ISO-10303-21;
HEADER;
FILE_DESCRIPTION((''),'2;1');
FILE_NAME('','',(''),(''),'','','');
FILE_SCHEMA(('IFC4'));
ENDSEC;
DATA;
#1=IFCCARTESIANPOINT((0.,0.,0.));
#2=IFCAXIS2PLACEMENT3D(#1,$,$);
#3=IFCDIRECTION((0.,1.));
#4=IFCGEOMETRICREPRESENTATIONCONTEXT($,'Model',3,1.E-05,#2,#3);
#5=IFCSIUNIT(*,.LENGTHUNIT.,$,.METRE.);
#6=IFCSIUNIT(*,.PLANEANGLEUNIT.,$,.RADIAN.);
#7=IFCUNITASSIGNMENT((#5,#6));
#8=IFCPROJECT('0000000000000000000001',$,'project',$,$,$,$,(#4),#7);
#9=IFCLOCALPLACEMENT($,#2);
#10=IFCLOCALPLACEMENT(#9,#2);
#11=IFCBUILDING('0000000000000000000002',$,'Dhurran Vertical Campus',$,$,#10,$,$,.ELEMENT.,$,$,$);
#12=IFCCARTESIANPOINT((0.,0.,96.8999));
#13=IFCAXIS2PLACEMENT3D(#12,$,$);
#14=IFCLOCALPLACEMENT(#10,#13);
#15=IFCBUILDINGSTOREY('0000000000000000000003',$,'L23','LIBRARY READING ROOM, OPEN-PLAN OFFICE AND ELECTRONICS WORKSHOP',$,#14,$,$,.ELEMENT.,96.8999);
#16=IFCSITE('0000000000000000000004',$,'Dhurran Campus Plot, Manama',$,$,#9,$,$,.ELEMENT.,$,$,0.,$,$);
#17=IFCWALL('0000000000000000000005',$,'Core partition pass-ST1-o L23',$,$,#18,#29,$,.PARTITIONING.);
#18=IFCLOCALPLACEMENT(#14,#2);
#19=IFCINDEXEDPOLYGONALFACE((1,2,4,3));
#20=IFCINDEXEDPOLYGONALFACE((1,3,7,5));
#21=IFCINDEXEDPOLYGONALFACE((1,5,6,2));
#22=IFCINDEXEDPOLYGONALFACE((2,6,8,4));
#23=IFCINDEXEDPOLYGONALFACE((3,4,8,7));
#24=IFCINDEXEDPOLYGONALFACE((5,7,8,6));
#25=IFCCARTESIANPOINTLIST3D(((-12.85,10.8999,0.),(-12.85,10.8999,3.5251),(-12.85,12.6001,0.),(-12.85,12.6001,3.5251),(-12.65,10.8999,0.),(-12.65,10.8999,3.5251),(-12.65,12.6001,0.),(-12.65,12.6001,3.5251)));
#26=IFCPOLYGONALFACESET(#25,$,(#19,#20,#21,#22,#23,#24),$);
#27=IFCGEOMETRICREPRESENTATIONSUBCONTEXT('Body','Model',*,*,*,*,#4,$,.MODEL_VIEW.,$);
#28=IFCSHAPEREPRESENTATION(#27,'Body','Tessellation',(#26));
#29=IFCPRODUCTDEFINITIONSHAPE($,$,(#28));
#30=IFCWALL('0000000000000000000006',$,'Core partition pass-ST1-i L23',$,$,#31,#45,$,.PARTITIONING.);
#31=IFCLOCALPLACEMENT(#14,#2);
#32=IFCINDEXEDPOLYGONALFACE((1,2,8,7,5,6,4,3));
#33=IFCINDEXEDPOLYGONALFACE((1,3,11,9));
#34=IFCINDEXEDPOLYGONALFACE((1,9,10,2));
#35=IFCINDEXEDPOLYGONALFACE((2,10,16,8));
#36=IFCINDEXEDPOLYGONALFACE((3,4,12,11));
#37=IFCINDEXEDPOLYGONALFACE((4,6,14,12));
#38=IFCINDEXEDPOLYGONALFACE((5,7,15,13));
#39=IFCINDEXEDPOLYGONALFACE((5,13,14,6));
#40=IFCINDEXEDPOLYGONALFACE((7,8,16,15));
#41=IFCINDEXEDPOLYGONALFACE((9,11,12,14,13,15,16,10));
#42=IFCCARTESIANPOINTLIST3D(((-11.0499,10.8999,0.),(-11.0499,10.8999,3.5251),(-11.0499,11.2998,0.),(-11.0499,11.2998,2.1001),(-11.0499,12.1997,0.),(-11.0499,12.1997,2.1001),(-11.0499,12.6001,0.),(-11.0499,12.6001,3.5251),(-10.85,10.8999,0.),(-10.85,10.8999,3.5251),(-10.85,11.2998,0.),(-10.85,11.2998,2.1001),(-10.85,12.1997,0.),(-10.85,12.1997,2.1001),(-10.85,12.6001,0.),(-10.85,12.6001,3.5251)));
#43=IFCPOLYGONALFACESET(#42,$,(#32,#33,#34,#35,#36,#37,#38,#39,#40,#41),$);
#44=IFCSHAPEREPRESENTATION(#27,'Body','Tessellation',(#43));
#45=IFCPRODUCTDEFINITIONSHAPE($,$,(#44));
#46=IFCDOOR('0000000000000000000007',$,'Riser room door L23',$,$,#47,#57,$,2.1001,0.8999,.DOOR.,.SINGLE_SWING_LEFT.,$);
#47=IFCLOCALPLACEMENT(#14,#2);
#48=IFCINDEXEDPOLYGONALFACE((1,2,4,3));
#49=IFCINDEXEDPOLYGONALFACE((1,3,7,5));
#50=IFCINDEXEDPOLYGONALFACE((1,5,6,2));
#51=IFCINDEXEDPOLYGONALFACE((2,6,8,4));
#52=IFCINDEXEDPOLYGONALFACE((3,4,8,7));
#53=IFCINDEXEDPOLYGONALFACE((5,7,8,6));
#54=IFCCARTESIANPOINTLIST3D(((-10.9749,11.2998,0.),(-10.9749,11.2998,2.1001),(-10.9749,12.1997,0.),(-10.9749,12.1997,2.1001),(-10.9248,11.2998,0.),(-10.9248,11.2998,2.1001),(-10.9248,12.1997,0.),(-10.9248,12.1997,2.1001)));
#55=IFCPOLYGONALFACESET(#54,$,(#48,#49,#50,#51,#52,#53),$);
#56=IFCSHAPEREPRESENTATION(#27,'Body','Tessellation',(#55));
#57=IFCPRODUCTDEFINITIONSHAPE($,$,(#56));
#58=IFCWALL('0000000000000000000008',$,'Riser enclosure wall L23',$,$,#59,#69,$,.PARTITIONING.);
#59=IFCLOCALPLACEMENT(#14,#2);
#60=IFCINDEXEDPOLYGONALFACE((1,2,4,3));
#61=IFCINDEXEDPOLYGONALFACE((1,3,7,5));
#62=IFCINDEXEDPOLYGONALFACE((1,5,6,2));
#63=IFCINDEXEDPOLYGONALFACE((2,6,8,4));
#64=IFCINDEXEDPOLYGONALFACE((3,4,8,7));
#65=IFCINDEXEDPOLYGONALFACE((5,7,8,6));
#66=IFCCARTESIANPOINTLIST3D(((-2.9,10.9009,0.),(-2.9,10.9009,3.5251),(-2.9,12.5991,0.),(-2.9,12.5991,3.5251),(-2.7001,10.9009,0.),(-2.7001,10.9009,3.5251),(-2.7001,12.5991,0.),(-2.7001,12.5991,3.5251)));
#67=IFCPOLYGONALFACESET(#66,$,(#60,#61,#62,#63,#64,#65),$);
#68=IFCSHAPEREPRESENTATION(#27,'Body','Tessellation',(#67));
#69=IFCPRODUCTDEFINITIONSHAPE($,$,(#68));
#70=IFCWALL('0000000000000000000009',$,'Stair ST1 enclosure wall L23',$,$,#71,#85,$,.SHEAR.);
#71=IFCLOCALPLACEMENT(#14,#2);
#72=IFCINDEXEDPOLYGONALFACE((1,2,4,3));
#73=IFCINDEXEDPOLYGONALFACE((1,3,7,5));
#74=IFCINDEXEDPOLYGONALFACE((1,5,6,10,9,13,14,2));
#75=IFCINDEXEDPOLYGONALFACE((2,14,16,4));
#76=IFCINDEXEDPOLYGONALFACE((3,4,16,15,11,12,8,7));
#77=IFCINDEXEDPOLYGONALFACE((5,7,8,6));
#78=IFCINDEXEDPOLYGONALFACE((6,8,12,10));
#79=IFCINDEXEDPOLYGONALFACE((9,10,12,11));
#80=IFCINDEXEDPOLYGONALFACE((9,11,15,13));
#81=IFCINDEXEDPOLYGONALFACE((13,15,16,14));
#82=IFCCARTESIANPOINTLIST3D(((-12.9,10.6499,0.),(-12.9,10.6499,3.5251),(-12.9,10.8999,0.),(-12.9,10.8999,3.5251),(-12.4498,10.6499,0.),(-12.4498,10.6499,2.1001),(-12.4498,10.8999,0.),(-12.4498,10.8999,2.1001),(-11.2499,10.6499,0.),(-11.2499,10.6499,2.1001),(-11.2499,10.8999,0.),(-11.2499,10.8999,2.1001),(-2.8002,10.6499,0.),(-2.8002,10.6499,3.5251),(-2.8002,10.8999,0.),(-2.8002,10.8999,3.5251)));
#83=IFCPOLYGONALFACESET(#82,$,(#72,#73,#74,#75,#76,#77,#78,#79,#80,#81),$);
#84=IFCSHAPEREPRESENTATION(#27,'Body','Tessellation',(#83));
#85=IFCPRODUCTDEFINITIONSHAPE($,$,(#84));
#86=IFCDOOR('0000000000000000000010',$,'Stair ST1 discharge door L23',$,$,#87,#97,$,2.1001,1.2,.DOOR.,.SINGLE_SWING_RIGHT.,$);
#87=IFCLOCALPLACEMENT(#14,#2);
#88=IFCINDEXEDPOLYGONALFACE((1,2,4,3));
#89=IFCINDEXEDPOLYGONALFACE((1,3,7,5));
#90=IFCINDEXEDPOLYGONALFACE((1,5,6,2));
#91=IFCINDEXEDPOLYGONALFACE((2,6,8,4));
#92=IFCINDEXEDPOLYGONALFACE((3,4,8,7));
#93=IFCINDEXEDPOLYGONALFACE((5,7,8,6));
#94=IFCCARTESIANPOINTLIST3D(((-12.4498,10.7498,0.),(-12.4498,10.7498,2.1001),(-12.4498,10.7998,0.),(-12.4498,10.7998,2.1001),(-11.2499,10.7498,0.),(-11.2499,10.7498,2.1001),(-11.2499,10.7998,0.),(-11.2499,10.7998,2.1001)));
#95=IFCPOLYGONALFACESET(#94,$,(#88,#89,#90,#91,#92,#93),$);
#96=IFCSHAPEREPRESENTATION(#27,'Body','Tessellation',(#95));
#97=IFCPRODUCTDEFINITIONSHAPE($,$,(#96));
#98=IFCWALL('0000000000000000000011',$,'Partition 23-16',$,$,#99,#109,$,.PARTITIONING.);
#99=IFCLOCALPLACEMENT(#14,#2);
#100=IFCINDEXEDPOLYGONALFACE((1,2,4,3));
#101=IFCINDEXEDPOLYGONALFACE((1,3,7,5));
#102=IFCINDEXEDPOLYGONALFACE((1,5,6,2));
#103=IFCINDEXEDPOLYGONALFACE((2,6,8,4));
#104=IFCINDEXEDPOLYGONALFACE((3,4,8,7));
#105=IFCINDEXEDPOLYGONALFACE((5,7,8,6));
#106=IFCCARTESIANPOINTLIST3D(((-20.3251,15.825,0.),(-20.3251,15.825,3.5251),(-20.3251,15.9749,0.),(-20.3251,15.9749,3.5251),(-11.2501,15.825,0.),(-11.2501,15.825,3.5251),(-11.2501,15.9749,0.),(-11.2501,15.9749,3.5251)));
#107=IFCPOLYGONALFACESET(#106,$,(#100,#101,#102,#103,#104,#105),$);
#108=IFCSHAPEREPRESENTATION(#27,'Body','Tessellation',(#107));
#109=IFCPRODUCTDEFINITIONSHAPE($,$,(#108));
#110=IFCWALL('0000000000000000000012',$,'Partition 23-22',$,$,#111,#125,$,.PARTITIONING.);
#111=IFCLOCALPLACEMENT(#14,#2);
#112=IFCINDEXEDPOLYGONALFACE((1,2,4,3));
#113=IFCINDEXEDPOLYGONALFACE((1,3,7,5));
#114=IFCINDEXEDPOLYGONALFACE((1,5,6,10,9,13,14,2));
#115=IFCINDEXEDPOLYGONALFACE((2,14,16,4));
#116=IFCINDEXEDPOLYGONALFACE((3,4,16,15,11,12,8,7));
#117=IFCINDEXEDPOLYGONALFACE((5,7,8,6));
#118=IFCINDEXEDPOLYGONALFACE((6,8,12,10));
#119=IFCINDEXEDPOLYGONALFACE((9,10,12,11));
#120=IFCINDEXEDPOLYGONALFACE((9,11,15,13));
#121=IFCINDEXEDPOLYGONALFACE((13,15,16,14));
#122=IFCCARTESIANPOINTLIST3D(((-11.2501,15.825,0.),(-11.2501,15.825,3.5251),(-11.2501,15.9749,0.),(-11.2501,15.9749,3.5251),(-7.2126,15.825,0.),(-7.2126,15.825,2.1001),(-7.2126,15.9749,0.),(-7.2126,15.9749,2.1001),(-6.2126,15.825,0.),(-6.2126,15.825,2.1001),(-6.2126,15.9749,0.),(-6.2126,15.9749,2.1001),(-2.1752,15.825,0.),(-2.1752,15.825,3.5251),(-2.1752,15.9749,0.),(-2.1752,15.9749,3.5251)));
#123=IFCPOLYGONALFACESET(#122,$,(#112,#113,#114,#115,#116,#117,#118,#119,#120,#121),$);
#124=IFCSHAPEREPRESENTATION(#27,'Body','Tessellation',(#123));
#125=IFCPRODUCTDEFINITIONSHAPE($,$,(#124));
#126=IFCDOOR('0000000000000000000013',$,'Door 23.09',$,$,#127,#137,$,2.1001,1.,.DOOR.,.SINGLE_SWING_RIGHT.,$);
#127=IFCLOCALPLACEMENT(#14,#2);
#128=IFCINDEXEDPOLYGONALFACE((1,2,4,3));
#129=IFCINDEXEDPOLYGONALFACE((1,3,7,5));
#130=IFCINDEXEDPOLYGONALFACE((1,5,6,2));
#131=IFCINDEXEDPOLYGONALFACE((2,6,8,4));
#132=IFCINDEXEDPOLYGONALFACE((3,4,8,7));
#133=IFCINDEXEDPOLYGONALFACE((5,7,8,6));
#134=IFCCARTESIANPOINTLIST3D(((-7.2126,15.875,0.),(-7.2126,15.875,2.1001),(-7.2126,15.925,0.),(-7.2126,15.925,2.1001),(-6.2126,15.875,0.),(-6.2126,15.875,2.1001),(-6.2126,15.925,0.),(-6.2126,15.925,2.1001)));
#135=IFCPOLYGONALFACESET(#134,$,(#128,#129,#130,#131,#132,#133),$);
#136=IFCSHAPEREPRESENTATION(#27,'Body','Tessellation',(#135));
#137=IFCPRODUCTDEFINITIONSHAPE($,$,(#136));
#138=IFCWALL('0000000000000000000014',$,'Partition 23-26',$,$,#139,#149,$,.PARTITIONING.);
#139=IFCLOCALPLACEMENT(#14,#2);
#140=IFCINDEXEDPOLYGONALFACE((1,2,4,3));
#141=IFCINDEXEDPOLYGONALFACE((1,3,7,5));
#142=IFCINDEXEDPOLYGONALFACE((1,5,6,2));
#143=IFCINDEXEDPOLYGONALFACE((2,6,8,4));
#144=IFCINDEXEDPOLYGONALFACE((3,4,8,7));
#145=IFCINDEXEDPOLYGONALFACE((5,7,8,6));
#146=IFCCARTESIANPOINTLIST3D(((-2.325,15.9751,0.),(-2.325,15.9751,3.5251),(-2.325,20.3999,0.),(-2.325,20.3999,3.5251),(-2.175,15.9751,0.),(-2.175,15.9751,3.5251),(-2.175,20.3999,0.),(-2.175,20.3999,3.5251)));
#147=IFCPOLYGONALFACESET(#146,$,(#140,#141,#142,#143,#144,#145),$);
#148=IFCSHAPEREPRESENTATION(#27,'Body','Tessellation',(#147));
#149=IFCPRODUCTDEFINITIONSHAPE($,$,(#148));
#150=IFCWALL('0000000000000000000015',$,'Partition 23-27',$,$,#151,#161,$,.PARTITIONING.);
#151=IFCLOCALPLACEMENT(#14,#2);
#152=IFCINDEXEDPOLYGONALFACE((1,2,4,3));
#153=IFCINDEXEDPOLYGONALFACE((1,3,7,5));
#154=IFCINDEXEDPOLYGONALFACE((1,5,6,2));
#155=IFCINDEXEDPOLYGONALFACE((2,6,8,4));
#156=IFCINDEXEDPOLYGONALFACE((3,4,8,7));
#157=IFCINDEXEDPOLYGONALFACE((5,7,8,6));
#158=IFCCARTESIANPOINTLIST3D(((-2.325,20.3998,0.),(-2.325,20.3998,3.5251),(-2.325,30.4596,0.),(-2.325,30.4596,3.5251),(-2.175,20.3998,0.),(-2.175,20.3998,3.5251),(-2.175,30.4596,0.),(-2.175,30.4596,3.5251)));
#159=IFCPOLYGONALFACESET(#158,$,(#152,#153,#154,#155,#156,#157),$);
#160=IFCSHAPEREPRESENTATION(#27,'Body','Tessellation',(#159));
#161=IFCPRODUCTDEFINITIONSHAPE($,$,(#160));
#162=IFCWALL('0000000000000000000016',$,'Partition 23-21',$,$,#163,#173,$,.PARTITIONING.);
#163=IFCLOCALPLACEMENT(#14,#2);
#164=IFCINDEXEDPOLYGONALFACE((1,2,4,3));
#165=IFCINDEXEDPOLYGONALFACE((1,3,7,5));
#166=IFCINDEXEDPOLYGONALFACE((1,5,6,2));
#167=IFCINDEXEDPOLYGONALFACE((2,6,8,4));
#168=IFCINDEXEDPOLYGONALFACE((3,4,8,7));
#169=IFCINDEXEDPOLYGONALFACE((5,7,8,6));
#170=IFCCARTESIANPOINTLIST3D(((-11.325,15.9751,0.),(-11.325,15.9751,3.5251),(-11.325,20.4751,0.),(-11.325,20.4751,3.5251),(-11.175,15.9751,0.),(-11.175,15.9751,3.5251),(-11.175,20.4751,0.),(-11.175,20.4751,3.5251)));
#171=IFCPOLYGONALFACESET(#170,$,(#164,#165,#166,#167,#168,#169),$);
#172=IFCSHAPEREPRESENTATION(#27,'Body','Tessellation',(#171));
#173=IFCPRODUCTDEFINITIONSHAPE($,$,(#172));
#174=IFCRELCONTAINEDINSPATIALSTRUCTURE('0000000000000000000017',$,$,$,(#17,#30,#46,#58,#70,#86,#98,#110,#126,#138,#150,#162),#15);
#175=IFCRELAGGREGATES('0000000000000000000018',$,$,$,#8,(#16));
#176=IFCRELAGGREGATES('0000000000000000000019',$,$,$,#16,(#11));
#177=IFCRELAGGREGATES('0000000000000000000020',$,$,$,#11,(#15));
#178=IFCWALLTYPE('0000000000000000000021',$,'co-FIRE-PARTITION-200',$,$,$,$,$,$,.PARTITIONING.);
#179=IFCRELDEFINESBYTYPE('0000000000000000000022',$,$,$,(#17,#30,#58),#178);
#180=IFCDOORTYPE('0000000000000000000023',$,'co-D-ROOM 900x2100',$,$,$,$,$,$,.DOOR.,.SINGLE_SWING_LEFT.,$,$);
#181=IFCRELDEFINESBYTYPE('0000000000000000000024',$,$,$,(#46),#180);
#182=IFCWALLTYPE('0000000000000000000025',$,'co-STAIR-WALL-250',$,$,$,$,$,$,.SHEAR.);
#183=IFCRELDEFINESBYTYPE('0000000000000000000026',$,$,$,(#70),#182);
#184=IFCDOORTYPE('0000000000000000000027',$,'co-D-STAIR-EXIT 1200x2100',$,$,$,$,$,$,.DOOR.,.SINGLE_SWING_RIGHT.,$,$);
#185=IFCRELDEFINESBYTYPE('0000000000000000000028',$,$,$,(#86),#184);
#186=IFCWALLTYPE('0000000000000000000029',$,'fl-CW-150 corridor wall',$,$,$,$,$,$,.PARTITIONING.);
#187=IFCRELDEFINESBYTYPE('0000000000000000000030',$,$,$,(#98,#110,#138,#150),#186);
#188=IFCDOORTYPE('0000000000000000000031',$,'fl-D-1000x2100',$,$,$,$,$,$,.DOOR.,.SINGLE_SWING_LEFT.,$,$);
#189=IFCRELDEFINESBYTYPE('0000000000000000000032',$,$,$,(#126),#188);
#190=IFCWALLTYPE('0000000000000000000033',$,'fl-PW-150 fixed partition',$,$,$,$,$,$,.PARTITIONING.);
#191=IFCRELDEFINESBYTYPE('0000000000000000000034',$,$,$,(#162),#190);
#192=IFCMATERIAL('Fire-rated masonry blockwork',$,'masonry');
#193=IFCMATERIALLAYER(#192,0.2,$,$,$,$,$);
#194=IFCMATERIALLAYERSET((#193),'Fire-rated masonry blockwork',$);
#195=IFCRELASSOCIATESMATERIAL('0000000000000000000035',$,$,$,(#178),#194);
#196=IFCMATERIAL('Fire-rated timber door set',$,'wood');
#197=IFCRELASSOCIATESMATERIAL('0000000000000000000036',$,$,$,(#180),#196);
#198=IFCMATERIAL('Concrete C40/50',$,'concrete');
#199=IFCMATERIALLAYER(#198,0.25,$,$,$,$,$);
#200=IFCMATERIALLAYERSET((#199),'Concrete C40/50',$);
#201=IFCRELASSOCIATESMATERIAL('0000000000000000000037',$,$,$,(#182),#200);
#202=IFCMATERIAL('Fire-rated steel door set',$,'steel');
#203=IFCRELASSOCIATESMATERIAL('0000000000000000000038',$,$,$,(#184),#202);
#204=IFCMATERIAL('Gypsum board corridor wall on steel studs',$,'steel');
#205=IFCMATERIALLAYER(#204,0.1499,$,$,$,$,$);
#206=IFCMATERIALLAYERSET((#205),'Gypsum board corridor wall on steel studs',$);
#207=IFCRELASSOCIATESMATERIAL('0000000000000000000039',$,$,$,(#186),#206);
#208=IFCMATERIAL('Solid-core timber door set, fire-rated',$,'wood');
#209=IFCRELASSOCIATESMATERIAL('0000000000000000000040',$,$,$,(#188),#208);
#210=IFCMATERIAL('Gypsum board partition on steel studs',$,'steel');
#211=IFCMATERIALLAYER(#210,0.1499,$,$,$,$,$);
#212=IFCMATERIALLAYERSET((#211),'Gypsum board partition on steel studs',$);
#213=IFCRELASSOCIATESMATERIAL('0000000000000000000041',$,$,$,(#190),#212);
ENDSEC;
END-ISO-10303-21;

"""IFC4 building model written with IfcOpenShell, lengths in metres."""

from ifc_helpers import new_model, si_unit, direction, frame, frame_2d, origin, place, context, subcontext, project, spatial, rectangle, extrude, material, layer, layer_set, type_object, element, fill, save


model = new_model("IFC4")

# Units and contexts
model_context = context("Model", 3, precision=1e-05, world=origin(), true_north=direction((0.0, 1.0)))
body_context = subcontext(model_context, "Body", "Model", "MODEL_VIEW")
ifc_project = project(units=[si_unit("LENGTHUNIT", "METRE"), si_unit("PLANEANGLEUNIT", "RADIAN")], contexts=[model_context])

# Site, building, storey
site_placement = place(None, origin())
site = spatial("IfcSite", under=ifc_project, at=site_placement, Name="Dhurran Campus Plot, Manama", CompositionType="ELEMENT", RefElevation=0.0)
building_placement = place(site_placement, origin())
building = spatial("IfcBuilding", under=site, at=building_placement, Name="Dhurran Vertical Campus", CompositionType="ELEMENT")
storey_placement = place(building_placement, frame((0.0, 0.0, 96.8999)))
storey = spatial("IfcBuildingStorey", under=building, at=storey_placement, Name="L23", Description="LIBRARY READING ROOM, OPEN-PLAN OFFICE AND ELECTRONICS WORKSHOP", CompositionType="ELEMENT", Elevation=96.8999)

# Wall
ifc_material_1 = material(Name="Fire-rated masonry blockwork", Category="masonry")
ifc_layer_1 = layer(ifc_material_1, 0.2)
ifc_layer_set_1 = layer_set([ifc_layer_1], Name="Fire-rated masonry blockwork")
wall_type_1 = type_object("IfcWallType", Name="co-FIRE-PARTITION-200", PredefinedType="PARTITIONING", material=ifc_layer_set_1)
wall_1_placement = place(storey_placement, frame((-12.75, 10.8999, 0.0), z_axis=(0.0, 0.0, 1.0), x_axis=(0.0, 1.0, 0.0)))
element("IfcWall", 1, at=wall_1_placement, inside=storey, type_object=wall_type_1, Name="Core partition pass-ST1-o L23", PredefinedType="PARTITIONING", context=body_context, shape_type="SweptSolid", body=[
    extrude(rectangle(XDim=1.7002, YDim=0.2, at=frame_2d((0.8501, 0.0))), origin(), (0.0, 0.0, 1.0), 3.5251),
])

# Wall, opening, door
wall_2_placement = place(storey_placement, frame((-10.95, 10.8999, 0.0), z_axis=(0.0, 0.0, 1.0), x_axis=(0.0, 1.0, 0.0)))
wall_2 = element("IfcWall", 2, at=wall_2_placement, inside=storey, type_object=wall_type_1, Name="Core partition pass-ST1-i L23", PredefinedType="PARTITIONING", context=body_context, shape_type="SweptSolid", body=[
    extrude(rectangle(XDim=1.7002, YDim=0.2, at=frame_2d((0.8501, 0.0))), origin(), (0.0, 0.0, 1.0), 3.5251),
])
opening_1_placement = place(wall_2_placement, frame((0.3999, 0.0, 0.0)))
opening_1 = element("IfcOpeningElement", 3, at=opening_1_placement, cuts=wall_2, PredefinedType="OPENING", context=body_context, shape_type="SweptSolid", body=[
    extrude(rectangle(XDim=0.8999, YDim=2.1001, at=frame_2d((0.45, 1.05))), frame((0.0, 0.1099, 0.0), z_axis=(0.0, -1.0, 0.0), x_axis=(1.0, 0.0, 0.0)), (0.0, 0.0, 1.0), 0.22),
])
ifc_material_2 = material(Name="Fire-rated timber door set", Category="wood")
door_type_1 = type_object("IfcDoorType", Name="co-D-ROOM 900x2100", OperationType="SINGLE_SWING_LEFT", PredefinedType="DOOR", material=ifc_material_2)
door_1_placement = place(opening_1_placement, origin())
door_1 = element("IfcDoor", 4, at=door_1_placement, inside=storey, type_object=door_type_1, Name="Riser room door L23", OperationType="SINGLE_SWING_LEFT", OverallHeight=2.1001, OverallWidth=0.8999, PredefinedType="DOOR", context=body_context, shape_type="SweptSolid", body=[
    extrude(rectangle(XDim=0.8999, YDim=2.1001, at=frame_2d((0.45, 1.05))), frame((0.0, 0.0249, 0.0), z_axis=(0.0, -1.0, 0.0), x_axis=(1.0, 0.0, 0.0)), (0.0, 0.0, 1.0), 0.05),
])
fill(opening_1, door_1)

# Wall
wall_3_placement = place(storey_placement, frame((-2.8, 10.9009, 0.0), z_axis=(0.0, 0.0, 1.0), x_axis=(0.0, 1.0, 0.0)))
element("IfcWall", 5, at=wall_3_placement, inside=storey, type_object=wall_type_1, Name="Riser enclosure wall L23", PredefinedType="PARTITIONING", context=body_context, shape_type="SweptSolid", body=[
    extrude(rectangle(XDim=1.6982, YDim=0.2, at=frame_2d((0.8491, 0.0))), origin(), (0.0, 0.0, 1.0), 3.5251),
])

# Wall, opening, door
ifc_material_3 = material(Name="Concrete C40/50", Category="concrete")
ifc_layer_2 = layer(ifc_material_3, 0.25)
ifc_layer_set_2 = layer_set([ifc_layer_2], Name="Concrete C40/50")
wall_type_2 = type_object("IfcWallType", Name="co-STAIR-WALL-250", PredefinedType="SHEAR", material=ifc_layer_set_2)
wall_4_placement = place(storey_placement, frame((-12.8999, 10.7749, 0.0), z_axis=(0.0, 0.0, 1.0), x_axis=(1.0, 0.0, 0.0)))
wall_4 = element("IfcWall", 6, at=wall_4_placement, inside=storey, type_object=wall_type_2, Name="Stair ST1 enclosure wall L23", PredefinedType="SHEAR", context=body_context, shape_type="SweptSolid", body=[
    extrude(rectangle(XDim=10.0999, YDim=0.25, at=frame_2d((5.0498, 0.0))), origin(), (0.0, 0.0, 1.0), 3.5251),
])
opening_2_placement = place(wall_4_placement, frame((0.45, 0.0, 0.0)))
opening_2 = element("IfcOpeningElement", 7, at=opening_2_placement, cuts=wall_4, PredefinedType="OPENING", context=body_context, shape_type="SweptSolid", body=[
    extrude(rectangle(XDim=1.2, YDim=2.1001, at=frame_2d((0.6001, 1.05))), frame((0.0, 0.135, 0.0), z_axis=(0.0, -1.0, 0.0), x_axis=(1.0, 0.0, 0.0)), (0.0, 0.0, 1.0), 0.27),
])
ifc_material_4 = material(Name="Fire-rated steel door set", Category="steel")
door_type_2 = type_object("IfcDoorType", Name="co-D-STAIR-EXIT 1200x2100", OperationType="SINGLE_SWING_RIGHT", PredefinedType="DOOR", material=ifc_material_4)
door_2_placement = place(opening_2_placement, origin())
door_2 = element("IfcDoor", 8, at=door_2_placement, inside=storey, type_object=door_type_2, Name="Stair ST1 discharge door L23", OperationType="SINGLE_SWING_RIGHT", OverallHeight=2.1001, OverallWidth=1.2, PredefinedType="DOOR", context=body_context, shape_type="SweptSolid", body=[
    extrude(rectangle(XDim=1.2, YDim=2.1001, at=frame_2d((0.6001, 1.05))), frame((0.0, 0.0249, 0.0), z_axis=(0.0, -1.0, 0.0), x_axis=(1.0, 0.0, 0.0)), (0.0, 0.0, 1.0), 0.05),
])
fill(opening_2, door_2)

# Wall
ifc_material_5 = material(Name="Gypsum board corridor wall on steel studs", Category="steel")
ifc_layer_3 = layer(ifc_material_5, 0.1499)
ifc_layer_set_3 = layer_set([ifc_layer_3], Name="Gypsum board corridor wall on steel studs")
wall_type_3 = type_object("IfcWallType", Name="fl-CW-150 corridor wall", PredefinedType="PARTITIONING", material=ifc_layer_set_3)
wall_5_placement = place(storey_placement, frame((-11.25, 15.8999, 0.0), z_axis=(0.0, 0.0, 1.0), x_axis=(-1.0, 0.0, 0.0)))
element("IfcWall", 9, at=wall_5_placement, inside=storey, type_object=wall_type_3, Name="Partition 23-16", PredefinedType="PARTITIONING", context=body_context, shape_type="SweptSolid", body=[
    extrude(rectangle(XDim=9.075, YDim=0.1499, at=frame_2d((4.5376, 0.0))), origin(), (0.0, 0.0, 1.0), 3.5251),
])

# Wall, opening, door
wall_6_placement = place(storey_placement, frame((-2.175, 15.8999, 0.0), z_axis=(0.0, 0.0, 1.0), x_axis=(-1.0, 0.0, 0.0)))
wall_6 = element("IfcWall", 10, at=wall_6_placement, inside=storey, type_object=wall_type_3, Name="Partition 23-22", PredefinedType="PARTITIONING", context=body_context, shape_type="SweptSolid", body=[
    extrude(rectangle(XDim=9.075, YDim=0.1499, at=frame_2d((4.5376, 0.0))), origin(), (0.0, 0.0, 1.0), 3.5251),
])
opening_3_placement = place(wall_6_placement, frame((4.0376, 0.0, 0.0)))
opening_3 = element("IfcOpeningElement", 11, at=opening_3_placement, cuts=wall_6, PredefinedType="OPENING", context=body_context, shape_type="SweptSolid", body=[
    extrude(rectangle(XDim=1.0, YDim=2.1001, at=frame_2d((0.5, 1.05))), frame((0.0, 0.085, 0.0), z_axis=(0.0, -1.0, 0.0), x_axis=(1.0, 0.0, 0.0)), (0.0, 0.0, 1.0), 0.1699),
])
ifc_material_6 = material(Name="Solid-core timber door set, fire-rated", Category="wood")
door_type_3 = type_object("IfcDoorType", Name="fl-D-1000x2100", OperationType="SINGLE_SWING_LEFT", PredefinedType="DOOR", material=ifc_material_6)
door_3_placement = place(opening_3_placement, origin())
door_3 = element("IfcDoor", 12, at=door_3_placement, inside=storey, type_object=door_type_3, Name="Door 23.09", OperationType="SINGLE_SWING_RIGHT", OverallHeight=2.1001, OverallWidth=1.0, PredefinedType="DOOR", context=body_context, shape_type="SweptSolid", body=[
    extrude(rectangle(XDim=1.0, YDim=2.1001, at=frame_2d((0.5, 1.05))), frame((0.0, 0.0249, 0.0), z_axis=(0.0, -1.0, 0.0), x_axis=(1.0, 0.0, 0.0)), (0.0, 0.0, 1.0), 0.05),
])
fill(opening_3, door_3)

# Walls
wall_7_placement = place(storey_placement, frame((-2.25, 15.9751, 0.0), z_axis=(0.0, 0.0, 1.0), x_axis=(0.0, 1.0, 0.0)))
element("IfcWall", 13, at=wall_7_placement, inside=storey, type_object=wall_type_3, Name="Partition 23-26", PredefinedType="PARTITIONING", context=body_context, shape_type="SweptSolid", body=[
    extrude(rectangle(XDim=4.4248, YDim=0.1499, at=frame_2d((2.2124, 0.0))), origin(), (0.0, 0.0, 1.0), 3.5251),
])
wall_8_placement = place(storey_placement, frame((-2.25, 20.3999, 0.0), z_axis=(0.0, 0.0, 1.0), x_axis=(0.0, 1.0, 0.0)))
element("IfcWall", 14, at=wall_8_placement, inside=storey, type_object=wall_type_3, Name="Partition 23-27", PredefinedType="PARTITIONING", context=body_context, shape_type="SweptSolid", body=[
    extrude(rectangle(XDim=10.0598, YDim=0.1499, at=frame_2d((5.0298, 0.0))), origin(), (0.0, 0.0, 1.0), 3.5251),
])
ifc_material_7 = material(Name="Gypsum board partition on steel studs", Category="steel")
ifc_layer_4 = layer(ifc_material_7, 0.1499)
ifc_layer_set_4 = layer_set([ifc_layer_4], Name="Gypsum board partition on steel studs")
wall_type_4 = type_object("IfcWallType", Name="fl-PW-150 fixed partition", PredefinedType="PARTITIONING", material=ifc_layer_set_4)
wall_9_placement = place(storey_placement, frame((-11.25, 20.4751, 0.0), z_axis=(0.0, 0.0, 1.0), x_axis=(0.0, -1.0, 0.0)))
element("IfcWall", 15, at=wall_9_placement, inside=storey, type_object=wall_type_4, Name="Partition 23-21", PredefinedType="PARTITIONING", context=body_context, shape_type="SweptSolid", body=[
    extrude(rectangle(XDim=4.5, YDim=0.1499, at=frame_2d((2.25, 0.0))), origin(), (0.0, 0.0, 1.0), 3.5251),
])

save(model, "model.ifc")
